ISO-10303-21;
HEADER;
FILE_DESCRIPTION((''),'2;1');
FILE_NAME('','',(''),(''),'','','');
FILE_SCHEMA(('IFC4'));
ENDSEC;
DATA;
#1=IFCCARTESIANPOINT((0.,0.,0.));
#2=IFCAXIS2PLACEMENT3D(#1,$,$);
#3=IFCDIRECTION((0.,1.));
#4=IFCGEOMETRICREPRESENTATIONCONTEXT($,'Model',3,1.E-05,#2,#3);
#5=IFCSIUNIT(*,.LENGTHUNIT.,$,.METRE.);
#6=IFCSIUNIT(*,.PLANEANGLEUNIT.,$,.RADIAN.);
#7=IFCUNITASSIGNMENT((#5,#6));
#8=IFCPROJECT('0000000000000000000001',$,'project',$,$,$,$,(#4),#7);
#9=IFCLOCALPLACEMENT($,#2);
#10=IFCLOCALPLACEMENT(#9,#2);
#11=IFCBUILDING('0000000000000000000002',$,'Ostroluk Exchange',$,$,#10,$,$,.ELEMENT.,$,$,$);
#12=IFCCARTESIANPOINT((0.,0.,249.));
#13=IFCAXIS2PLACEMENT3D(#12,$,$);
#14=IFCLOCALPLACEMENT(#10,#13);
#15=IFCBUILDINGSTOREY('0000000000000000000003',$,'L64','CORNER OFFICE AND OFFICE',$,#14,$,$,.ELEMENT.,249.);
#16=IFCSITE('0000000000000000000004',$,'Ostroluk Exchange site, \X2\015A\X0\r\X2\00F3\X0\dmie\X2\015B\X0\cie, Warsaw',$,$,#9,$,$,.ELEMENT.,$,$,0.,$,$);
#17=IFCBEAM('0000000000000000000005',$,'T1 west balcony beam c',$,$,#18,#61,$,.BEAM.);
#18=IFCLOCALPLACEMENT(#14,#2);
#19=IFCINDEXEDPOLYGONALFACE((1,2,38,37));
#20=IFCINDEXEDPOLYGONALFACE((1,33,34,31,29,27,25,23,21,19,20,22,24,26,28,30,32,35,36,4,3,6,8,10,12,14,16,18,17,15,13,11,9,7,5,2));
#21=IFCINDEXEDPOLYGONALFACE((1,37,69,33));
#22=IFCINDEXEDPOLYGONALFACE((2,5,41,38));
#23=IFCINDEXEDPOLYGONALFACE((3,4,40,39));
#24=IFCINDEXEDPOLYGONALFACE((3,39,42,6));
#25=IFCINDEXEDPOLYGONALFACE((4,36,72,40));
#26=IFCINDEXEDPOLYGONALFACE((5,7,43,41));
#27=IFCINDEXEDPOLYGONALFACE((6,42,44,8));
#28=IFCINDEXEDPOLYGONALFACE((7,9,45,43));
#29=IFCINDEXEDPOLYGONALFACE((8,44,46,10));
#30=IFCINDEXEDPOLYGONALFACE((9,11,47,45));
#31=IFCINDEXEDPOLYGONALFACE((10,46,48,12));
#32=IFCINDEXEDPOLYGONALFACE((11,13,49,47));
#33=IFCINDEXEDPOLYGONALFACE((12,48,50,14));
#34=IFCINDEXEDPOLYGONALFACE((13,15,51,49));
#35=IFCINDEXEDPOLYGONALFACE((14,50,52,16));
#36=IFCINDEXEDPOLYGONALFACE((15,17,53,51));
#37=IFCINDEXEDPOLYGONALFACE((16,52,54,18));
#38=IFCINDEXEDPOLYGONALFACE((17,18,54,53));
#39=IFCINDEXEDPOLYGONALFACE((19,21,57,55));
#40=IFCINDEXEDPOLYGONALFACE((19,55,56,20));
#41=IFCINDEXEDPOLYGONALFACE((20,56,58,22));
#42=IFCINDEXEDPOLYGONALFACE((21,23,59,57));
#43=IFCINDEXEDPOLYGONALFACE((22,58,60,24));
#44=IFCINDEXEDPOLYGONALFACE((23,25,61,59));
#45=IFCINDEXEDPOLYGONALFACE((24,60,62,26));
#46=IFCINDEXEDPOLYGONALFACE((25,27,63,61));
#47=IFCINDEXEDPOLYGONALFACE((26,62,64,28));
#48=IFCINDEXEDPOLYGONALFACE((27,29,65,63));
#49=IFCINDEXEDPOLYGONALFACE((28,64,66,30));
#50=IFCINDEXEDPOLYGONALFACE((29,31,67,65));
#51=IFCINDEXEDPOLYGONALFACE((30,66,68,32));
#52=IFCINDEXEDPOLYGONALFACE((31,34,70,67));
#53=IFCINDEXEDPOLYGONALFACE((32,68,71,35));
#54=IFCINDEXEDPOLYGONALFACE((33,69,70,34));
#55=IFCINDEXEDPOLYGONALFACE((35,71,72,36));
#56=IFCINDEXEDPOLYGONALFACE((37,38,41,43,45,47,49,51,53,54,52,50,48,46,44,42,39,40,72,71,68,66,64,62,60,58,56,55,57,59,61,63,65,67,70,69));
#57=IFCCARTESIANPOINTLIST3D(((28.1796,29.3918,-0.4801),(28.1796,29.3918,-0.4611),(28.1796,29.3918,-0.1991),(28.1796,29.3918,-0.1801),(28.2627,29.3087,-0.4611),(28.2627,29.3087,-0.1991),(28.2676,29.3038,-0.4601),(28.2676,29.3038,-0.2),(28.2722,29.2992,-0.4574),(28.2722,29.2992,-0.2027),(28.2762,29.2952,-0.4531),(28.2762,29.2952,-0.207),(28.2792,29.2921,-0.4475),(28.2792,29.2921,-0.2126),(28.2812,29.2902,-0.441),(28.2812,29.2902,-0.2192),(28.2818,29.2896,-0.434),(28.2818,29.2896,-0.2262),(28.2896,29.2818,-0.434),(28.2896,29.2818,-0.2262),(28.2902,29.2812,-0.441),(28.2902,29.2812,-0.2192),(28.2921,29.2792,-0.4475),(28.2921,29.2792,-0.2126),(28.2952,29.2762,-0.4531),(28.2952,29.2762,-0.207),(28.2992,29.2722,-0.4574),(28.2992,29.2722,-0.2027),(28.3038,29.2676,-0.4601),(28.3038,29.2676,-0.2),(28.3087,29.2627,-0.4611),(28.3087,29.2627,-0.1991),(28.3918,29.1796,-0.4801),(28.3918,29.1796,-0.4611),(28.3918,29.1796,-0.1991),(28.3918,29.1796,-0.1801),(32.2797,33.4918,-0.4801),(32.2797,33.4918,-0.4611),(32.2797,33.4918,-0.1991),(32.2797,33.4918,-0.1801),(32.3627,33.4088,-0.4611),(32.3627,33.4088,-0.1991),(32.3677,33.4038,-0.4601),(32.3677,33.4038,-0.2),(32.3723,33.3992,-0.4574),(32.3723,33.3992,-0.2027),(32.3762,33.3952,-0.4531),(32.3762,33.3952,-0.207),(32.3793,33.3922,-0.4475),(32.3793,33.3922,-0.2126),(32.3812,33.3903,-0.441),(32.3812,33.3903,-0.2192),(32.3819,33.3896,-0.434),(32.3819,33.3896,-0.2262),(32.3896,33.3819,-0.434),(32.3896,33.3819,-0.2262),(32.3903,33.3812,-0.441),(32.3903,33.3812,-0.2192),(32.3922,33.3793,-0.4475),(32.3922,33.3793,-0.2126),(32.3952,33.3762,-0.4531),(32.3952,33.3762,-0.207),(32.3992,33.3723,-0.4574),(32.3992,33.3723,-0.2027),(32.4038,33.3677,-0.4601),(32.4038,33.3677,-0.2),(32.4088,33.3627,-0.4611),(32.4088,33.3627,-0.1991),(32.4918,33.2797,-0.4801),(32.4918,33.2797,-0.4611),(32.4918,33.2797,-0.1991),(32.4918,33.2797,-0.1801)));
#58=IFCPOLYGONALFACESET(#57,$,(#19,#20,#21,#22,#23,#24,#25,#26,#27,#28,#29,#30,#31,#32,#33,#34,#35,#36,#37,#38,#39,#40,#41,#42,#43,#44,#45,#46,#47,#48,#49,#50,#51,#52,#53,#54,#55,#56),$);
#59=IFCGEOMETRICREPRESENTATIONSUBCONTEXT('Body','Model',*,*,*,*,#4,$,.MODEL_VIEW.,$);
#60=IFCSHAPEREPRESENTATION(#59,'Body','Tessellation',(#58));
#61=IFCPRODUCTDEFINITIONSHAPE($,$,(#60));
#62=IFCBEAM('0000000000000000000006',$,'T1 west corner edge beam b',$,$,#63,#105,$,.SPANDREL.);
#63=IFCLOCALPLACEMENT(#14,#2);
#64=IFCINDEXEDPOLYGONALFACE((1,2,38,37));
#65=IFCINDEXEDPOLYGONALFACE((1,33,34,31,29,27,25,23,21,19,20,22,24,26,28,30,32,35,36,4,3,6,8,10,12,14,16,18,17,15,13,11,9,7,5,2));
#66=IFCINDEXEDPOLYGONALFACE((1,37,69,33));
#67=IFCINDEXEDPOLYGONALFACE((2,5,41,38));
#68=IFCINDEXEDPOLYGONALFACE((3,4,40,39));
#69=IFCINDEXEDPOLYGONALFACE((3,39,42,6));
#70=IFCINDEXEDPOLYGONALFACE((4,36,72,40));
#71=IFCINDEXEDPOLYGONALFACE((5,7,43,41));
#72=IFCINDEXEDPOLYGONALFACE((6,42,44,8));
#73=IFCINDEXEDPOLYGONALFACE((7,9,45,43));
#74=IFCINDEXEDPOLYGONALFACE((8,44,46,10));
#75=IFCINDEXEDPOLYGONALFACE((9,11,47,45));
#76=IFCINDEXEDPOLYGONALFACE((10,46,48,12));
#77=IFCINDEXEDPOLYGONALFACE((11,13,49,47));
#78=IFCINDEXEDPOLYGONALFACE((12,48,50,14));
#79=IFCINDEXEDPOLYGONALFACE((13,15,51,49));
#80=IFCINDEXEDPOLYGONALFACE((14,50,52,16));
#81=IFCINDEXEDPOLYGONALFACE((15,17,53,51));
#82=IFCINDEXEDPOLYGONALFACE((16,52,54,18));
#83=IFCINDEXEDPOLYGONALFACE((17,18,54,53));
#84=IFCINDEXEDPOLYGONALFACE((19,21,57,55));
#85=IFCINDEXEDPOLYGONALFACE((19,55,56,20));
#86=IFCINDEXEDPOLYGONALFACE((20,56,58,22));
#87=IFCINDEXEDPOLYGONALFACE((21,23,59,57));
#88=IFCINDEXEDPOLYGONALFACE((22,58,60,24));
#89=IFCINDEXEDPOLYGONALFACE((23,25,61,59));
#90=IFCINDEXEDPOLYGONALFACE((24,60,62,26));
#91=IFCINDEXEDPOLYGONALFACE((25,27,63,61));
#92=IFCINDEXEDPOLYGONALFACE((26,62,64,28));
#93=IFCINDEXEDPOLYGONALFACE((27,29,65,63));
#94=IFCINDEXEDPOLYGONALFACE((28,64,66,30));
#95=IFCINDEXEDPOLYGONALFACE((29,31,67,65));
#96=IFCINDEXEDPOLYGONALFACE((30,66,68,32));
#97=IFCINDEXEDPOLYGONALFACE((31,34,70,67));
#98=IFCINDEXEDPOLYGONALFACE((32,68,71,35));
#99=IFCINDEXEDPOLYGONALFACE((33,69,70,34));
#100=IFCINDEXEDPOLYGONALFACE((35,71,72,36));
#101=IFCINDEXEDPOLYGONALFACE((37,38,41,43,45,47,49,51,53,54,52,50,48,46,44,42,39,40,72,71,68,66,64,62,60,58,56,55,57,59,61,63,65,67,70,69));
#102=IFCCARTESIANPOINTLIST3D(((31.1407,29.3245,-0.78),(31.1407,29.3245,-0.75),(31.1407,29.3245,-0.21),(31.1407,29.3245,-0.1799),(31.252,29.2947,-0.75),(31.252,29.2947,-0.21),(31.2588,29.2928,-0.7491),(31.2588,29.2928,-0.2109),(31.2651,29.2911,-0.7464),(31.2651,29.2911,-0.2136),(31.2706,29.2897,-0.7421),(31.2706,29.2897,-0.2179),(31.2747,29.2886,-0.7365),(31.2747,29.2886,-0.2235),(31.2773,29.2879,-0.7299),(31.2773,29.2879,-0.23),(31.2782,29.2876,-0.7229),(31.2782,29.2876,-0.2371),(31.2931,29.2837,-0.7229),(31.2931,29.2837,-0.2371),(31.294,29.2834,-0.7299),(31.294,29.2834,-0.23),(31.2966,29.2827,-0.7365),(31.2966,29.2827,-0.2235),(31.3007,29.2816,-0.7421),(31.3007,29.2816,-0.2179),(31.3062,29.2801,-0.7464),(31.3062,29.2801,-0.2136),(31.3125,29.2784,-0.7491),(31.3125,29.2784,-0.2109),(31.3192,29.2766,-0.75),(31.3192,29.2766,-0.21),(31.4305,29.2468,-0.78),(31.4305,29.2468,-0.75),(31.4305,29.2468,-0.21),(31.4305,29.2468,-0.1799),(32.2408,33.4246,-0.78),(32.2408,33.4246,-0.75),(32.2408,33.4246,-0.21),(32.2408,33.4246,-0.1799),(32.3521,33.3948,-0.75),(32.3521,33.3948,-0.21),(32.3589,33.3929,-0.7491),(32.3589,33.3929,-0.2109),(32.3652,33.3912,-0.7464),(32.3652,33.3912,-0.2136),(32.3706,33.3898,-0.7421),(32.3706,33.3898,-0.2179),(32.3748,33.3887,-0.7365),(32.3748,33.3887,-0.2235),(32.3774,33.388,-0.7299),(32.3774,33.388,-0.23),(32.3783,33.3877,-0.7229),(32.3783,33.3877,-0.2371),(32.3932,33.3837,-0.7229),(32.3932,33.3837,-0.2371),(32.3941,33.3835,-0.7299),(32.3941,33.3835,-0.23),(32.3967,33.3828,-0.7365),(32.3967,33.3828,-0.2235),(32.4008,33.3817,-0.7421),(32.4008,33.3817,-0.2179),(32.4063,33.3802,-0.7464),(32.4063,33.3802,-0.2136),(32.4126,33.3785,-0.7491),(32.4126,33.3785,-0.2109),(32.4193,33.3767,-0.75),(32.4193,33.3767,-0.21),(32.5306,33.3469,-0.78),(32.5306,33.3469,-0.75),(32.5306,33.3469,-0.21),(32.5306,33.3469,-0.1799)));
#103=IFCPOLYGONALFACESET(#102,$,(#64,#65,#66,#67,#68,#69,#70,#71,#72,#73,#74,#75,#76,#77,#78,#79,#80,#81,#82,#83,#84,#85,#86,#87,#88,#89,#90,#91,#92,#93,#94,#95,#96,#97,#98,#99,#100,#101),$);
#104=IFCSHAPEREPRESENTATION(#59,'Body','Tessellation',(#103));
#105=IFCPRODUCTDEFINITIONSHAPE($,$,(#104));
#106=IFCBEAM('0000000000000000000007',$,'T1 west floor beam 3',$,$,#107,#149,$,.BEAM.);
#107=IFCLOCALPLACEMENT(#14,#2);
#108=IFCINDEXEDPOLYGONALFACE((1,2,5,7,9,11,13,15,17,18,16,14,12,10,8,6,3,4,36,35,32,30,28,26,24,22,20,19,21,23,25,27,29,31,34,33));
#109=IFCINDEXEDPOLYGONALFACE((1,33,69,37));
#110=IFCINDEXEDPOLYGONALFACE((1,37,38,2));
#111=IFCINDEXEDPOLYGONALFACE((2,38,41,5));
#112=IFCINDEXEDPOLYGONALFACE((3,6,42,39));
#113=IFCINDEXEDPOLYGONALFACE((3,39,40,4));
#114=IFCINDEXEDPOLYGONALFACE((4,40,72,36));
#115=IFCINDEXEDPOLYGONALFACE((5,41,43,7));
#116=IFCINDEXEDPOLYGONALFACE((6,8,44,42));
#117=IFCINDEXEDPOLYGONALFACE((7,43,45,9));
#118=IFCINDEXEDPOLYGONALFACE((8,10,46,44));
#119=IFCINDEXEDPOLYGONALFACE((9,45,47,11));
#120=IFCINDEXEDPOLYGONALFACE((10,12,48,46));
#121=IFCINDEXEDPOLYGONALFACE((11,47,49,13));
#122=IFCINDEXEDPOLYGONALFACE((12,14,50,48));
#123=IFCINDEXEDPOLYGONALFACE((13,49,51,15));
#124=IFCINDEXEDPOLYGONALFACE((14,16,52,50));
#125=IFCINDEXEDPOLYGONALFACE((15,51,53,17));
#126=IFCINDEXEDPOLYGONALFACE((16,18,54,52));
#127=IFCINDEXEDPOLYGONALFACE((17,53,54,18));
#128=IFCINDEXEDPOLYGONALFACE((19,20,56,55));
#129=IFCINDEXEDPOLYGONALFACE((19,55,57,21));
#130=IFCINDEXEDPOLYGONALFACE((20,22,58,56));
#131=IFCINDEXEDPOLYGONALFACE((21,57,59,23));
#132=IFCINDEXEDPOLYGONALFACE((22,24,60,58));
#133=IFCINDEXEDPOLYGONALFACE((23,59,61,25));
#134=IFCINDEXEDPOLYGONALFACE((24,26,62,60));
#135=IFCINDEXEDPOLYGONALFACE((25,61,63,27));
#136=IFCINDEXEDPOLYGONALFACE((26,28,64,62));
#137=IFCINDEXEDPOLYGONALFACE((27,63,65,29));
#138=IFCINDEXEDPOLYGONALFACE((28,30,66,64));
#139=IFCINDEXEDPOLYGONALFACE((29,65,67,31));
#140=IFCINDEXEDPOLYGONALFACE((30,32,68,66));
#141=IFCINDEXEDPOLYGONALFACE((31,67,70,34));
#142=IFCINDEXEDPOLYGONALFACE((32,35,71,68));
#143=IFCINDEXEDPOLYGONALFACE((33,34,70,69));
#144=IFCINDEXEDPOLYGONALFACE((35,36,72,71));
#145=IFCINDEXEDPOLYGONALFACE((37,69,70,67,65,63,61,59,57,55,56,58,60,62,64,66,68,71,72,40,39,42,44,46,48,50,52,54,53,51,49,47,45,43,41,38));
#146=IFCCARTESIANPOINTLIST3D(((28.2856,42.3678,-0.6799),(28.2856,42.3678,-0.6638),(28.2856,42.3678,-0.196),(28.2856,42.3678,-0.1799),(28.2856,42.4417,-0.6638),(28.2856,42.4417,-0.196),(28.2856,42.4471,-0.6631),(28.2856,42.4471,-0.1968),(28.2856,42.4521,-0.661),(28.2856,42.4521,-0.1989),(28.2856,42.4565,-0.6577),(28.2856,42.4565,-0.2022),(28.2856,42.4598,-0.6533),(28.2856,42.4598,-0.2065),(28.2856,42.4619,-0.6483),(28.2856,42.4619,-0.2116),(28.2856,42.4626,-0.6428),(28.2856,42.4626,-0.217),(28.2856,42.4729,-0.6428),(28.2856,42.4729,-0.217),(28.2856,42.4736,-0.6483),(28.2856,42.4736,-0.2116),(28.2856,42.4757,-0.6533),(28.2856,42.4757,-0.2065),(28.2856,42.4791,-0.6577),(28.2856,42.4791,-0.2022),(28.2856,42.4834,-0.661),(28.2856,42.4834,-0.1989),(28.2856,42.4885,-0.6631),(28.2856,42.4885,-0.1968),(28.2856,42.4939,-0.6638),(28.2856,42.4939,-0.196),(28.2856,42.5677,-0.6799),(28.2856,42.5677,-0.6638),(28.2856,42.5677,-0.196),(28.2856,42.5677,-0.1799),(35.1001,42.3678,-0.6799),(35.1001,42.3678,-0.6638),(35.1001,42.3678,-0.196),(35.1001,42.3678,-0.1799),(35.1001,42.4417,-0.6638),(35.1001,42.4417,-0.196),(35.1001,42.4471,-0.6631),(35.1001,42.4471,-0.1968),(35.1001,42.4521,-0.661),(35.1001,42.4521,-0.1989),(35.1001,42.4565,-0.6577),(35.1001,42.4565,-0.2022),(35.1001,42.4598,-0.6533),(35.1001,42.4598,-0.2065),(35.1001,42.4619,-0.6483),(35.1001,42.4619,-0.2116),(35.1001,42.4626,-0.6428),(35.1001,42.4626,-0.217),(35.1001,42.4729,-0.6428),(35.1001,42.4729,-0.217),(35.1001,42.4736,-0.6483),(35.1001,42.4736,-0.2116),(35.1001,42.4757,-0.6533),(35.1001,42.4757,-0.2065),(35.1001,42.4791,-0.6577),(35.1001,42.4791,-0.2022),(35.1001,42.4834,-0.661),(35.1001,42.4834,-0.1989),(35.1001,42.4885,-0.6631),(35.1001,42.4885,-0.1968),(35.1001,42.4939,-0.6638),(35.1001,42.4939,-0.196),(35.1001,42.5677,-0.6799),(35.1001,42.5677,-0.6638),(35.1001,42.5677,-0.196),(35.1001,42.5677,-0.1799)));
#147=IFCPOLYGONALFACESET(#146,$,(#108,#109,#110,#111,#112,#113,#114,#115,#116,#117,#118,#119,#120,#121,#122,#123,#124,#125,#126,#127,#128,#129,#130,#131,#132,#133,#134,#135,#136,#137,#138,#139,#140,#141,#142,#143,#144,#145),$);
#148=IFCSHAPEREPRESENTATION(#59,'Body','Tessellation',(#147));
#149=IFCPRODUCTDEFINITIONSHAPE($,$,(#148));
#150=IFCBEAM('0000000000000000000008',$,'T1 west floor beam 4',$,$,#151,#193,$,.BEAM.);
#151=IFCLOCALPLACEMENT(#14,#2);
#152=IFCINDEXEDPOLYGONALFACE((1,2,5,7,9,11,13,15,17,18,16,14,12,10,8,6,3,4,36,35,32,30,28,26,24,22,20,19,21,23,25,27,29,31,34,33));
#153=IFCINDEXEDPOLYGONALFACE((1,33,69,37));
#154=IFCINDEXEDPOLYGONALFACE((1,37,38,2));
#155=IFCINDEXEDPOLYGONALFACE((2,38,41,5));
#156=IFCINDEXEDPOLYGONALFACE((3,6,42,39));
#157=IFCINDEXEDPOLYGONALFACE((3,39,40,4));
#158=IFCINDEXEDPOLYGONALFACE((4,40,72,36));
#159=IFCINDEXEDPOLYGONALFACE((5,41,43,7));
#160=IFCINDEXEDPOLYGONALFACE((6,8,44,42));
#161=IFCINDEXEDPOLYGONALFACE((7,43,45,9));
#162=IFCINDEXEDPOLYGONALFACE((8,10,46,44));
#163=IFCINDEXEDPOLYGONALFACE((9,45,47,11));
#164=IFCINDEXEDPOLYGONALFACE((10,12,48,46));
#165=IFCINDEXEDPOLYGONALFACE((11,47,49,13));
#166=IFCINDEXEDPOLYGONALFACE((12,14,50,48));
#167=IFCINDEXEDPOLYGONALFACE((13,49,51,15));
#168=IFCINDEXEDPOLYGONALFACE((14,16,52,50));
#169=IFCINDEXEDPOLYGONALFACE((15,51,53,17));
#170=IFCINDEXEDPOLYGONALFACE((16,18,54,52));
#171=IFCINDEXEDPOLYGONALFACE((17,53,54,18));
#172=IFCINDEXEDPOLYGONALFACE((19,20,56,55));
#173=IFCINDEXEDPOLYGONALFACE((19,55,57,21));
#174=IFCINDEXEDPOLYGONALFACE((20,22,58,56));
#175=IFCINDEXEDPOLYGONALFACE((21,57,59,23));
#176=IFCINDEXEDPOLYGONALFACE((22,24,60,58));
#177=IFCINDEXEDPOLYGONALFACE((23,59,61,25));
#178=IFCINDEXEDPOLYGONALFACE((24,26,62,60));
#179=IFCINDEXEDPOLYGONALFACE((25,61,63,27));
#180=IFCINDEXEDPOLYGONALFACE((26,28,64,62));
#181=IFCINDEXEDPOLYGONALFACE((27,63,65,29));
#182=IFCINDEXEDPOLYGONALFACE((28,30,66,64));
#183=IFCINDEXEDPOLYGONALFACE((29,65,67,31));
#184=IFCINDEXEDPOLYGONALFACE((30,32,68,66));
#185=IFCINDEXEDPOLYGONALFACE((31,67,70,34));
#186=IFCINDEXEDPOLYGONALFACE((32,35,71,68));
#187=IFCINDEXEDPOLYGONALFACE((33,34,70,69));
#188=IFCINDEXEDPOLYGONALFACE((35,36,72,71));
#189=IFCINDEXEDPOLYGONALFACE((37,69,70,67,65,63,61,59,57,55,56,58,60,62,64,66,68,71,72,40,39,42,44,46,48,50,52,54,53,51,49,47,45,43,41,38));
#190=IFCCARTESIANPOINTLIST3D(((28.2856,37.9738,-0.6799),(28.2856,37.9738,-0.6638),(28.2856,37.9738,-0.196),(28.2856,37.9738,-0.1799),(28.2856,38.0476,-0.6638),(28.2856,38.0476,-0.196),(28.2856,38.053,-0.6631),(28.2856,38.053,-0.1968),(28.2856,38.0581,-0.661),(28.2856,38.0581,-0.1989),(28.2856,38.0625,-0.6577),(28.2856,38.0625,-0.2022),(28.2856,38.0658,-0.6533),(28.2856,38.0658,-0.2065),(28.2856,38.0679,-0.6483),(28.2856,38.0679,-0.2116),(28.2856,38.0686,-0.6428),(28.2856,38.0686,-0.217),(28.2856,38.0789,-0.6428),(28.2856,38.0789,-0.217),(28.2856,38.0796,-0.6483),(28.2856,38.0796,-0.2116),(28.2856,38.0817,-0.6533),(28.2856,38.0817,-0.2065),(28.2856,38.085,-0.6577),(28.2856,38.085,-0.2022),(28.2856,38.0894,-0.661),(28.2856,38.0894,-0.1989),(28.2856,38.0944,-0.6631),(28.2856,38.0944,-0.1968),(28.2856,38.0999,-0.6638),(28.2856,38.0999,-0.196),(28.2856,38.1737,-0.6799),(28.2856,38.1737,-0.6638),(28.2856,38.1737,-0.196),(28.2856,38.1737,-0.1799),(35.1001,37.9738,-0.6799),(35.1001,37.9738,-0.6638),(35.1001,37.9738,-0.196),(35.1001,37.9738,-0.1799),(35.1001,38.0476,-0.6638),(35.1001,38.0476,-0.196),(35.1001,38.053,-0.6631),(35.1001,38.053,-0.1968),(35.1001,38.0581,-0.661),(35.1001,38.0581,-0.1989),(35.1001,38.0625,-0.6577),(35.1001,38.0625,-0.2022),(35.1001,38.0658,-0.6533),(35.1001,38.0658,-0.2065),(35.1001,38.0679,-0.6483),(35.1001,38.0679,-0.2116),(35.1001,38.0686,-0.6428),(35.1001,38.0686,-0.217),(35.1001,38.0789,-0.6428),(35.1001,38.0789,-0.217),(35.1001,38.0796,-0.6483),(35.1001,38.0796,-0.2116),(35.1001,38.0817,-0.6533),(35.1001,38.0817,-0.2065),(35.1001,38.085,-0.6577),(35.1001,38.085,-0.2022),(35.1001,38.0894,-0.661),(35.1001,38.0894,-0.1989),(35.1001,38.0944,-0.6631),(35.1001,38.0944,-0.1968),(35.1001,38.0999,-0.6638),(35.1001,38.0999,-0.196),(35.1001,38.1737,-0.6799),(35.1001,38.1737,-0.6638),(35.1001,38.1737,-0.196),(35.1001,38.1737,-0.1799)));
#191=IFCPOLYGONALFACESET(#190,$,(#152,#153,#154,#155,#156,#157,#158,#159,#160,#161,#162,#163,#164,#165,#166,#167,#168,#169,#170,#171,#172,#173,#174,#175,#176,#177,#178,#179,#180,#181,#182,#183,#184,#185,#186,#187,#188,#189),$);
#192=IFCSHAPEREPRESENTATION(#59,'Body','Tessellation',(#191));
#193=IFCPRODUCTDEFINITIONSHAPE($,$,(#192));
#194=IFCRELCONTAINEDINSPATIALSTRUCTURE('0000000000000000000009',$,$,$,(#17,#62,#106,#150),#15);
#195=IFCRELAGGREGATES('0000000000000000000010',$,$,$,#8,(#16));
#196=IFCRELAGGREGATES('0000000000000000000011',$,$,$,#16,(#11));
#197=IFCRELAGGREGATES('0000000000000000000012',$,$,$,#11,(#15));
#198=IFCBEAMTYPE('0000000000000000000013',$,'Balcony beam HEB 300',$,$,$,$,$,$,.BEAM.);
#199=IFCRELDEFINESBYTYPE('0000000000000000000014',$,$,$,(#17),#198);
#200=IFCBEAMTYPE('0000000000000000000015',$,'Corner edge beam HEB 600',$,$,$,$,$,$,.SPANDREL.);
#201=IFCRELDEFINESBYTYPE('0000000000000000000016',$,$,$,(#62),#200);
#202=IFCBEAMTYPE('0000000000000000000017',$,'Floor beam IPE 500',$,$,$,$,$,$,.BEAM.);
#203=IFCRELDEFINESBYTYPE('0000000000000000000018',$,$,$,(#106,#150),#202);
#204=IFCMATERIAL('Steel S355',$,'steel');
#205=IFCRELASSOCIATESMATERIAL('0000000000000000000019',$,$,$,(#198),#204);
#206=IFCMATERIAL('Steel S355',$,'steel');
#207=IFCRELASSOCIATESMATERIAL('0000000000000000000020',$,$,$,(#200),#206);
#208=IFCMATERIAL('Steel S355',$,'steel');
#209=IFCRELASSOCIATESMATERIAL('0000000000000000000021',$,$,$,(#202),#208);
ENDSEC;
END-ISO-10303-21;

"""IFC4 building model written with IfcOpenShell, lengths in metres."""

from ifc_helpers import new_model, si_unit, direction, frame, origin, origin_2d, place, context, subcontext, project, spatial, i_section, extrude, material, material_profile, profile_set, type_object, element, save


model = new_model("IFC4")

# Units and contexts
model_context = context("Model", 3, precision=1e-05, world=origin(), true_north=direction((0.0, 1.0)))
body_context = subcontext(model_context, "Body", "Model", "MODEL_VIEW")
ifc_project = project(units=[si_unit("LENGTHUNIT", "METRE"), si_unit("PLANEANGLEUNIT", "RADIAN")], contexts=[model_context])

# Site, building, storey
site_placement = place(None, origin())
site = spatial("IfcSite", under=ifc_project, at=site_placement, Name="Ostroluk Exchange site, Śródmieście, Warsaw", CompositionType="ELEMENT", RefElevation=0.0)
building_placement = place(site_placement, origin())
building = spatial("IfcBuilding", under=site, at=building_placement, Name="Ostroluk Exchange", CompositionType="ELEMENT")
storey_placement = place(building_placement, frame((0.0, 0.0, 249.0)))
storey = spatial("IfcBuildingStorey", under=building, at=storey_placement, Name="L64", Description="CORNER OFFICE AND OFFICE", CompositionType="ELEMENT", Elevation=249.0)

# Beams
ifc_material_1 = material(Name="Steel S355", Category="steel")
ifc_material_profile_1 = material_profile(ifc_material_1, i_section(OverallWidth=0.3, OverallDepth=0.3, WebThickness=0.011, FlangeThickness=0.019, FilletRadius=0.0271, at=origin_2d()), Name="HEB 300")
ifc_profile_set_1 = profile_set([ifc_material_profile_1], Name="Steel S355")
beam_type_1 = type_object("IfcBeamType", Name="Balcony beam HEB 300", PredefinedType="BEAM", material=ifc_profile_set_1)
beam_1_placement = place(storey_placement, frame((32.3857, 33.3857, -0.3301), z_axis=(-0.707107, -0.707107, 0.0), x_axis=(0.707107, -0.707107, 0.0)))
element("IfcBeam", 1, at=beam_1_placement, inside=storey, type_object=beam_type_1, Name="T1 west balcony beam c", PredefinedType="BEAM", context=body_context, shape_type="SweptSolid", body=[
    extrude(i_section(OverallWidth=0.3, OverallDepth=0.3, WebThickness=0.011, FlangeThickness=0.019, FilletRadius=0.0271, at=origin_2d()), origin(), (0.0, 0.0, 1.0), 5.7983),
])
ifc_material_2 = material(Name="Steel S355", Category="steel")
ifc_material_profile_2 = material_profile(ifc_material_2, i_section(OverallWidth=0.3, OverallDepth=0.6001, WebThickness=0.0154, FlangeThickness=0.03, FilletRadius=0.0271, at=origin_2d()), Name="HEB 600")
ifc_profile_set_2 = profile_set([ifc_material_profile_2], Name="Steel S355")
beam_type_2 = type_object("IfcBeamType", Name="Corner edge beam HEB 600", PredefinedType="SPANDREL", material=ifc_profile_set_2)
beam_2_placement = place(storey_placement, frame((32.3857, 33.3857, -0.48), z_axis=(-0.259144, -0.965839, 0.0), x_axis=(0.965839, -0.259144, 0.0)))
element("IfcBeam", 2, at=beam_2_placement, inside=storey, type_object=beam_type_2, Name="T1 west corner edge beam b", PredefinedType="SPANDREL", context=body_context, shape_type="SweptSolid", body=[
    extrude(i_section(OverallWidth=0.3, OverallDepth=0.6001, WebThickness=0.0154, FlangeThickness=0.03, FilletRadius=0.0271, at=origin_2d()), origin(), (0.0, 0.0, 1.0), 4.2451),
])
ifc_material_3 = material(Name="Steel S355", Category="steel")
ifc_material_profile_3 = material_profile(ifc_material_3, i_section(OverallWidth=0.2, OverallDepth=0.5, WebThickness=0.0103, FlangeThickness=0.0161, FilletRadius=0.021, at=origin_2d()), Name="IPE 500")
ifc_profile_set_3 = profile_set([ifc_material_profile_3], Name="Steel S355")
beam_type_3 = type_object("IfcBeamType", Name="Floor beam IPE 500", PredefinedType="BEAM", material=ifc_profile_set_3)
for number, where, z_axis, x_axis, name in (
    (3, (35.1001, 42.4678, -0.4299), (-1.0, 0.0, 0.0), (0.0, -1.0, 0.0), "T1 west floor beam 3"),
    (4, (35.1001, 38.0737, -0.4299), (-1.0, 0.0, 0.0), (0.0, -1.0, 0.0), "T1 west floor beam 4"),
):
    element("IfcBeam", number, at=place(storey_placement, frame(where, z_axis=z_axis, x_axis=x_axis)), inside=storey, type_object=beam_type_3, Name=name, PredefinedType="BEAM", context=body_context, shape_type="SweptSolid", body=[
        extrude(i_section(OverallWidth=0.2, OverallDepth=0.5, WebThickness=0.0103, FlangeThickness=0.0161, FilletRadius=0.021, at=origin_2d()), origin(), (0.0, 0.0, 1.0), 6.8145),
    ])

save(model, "model.ifc")
